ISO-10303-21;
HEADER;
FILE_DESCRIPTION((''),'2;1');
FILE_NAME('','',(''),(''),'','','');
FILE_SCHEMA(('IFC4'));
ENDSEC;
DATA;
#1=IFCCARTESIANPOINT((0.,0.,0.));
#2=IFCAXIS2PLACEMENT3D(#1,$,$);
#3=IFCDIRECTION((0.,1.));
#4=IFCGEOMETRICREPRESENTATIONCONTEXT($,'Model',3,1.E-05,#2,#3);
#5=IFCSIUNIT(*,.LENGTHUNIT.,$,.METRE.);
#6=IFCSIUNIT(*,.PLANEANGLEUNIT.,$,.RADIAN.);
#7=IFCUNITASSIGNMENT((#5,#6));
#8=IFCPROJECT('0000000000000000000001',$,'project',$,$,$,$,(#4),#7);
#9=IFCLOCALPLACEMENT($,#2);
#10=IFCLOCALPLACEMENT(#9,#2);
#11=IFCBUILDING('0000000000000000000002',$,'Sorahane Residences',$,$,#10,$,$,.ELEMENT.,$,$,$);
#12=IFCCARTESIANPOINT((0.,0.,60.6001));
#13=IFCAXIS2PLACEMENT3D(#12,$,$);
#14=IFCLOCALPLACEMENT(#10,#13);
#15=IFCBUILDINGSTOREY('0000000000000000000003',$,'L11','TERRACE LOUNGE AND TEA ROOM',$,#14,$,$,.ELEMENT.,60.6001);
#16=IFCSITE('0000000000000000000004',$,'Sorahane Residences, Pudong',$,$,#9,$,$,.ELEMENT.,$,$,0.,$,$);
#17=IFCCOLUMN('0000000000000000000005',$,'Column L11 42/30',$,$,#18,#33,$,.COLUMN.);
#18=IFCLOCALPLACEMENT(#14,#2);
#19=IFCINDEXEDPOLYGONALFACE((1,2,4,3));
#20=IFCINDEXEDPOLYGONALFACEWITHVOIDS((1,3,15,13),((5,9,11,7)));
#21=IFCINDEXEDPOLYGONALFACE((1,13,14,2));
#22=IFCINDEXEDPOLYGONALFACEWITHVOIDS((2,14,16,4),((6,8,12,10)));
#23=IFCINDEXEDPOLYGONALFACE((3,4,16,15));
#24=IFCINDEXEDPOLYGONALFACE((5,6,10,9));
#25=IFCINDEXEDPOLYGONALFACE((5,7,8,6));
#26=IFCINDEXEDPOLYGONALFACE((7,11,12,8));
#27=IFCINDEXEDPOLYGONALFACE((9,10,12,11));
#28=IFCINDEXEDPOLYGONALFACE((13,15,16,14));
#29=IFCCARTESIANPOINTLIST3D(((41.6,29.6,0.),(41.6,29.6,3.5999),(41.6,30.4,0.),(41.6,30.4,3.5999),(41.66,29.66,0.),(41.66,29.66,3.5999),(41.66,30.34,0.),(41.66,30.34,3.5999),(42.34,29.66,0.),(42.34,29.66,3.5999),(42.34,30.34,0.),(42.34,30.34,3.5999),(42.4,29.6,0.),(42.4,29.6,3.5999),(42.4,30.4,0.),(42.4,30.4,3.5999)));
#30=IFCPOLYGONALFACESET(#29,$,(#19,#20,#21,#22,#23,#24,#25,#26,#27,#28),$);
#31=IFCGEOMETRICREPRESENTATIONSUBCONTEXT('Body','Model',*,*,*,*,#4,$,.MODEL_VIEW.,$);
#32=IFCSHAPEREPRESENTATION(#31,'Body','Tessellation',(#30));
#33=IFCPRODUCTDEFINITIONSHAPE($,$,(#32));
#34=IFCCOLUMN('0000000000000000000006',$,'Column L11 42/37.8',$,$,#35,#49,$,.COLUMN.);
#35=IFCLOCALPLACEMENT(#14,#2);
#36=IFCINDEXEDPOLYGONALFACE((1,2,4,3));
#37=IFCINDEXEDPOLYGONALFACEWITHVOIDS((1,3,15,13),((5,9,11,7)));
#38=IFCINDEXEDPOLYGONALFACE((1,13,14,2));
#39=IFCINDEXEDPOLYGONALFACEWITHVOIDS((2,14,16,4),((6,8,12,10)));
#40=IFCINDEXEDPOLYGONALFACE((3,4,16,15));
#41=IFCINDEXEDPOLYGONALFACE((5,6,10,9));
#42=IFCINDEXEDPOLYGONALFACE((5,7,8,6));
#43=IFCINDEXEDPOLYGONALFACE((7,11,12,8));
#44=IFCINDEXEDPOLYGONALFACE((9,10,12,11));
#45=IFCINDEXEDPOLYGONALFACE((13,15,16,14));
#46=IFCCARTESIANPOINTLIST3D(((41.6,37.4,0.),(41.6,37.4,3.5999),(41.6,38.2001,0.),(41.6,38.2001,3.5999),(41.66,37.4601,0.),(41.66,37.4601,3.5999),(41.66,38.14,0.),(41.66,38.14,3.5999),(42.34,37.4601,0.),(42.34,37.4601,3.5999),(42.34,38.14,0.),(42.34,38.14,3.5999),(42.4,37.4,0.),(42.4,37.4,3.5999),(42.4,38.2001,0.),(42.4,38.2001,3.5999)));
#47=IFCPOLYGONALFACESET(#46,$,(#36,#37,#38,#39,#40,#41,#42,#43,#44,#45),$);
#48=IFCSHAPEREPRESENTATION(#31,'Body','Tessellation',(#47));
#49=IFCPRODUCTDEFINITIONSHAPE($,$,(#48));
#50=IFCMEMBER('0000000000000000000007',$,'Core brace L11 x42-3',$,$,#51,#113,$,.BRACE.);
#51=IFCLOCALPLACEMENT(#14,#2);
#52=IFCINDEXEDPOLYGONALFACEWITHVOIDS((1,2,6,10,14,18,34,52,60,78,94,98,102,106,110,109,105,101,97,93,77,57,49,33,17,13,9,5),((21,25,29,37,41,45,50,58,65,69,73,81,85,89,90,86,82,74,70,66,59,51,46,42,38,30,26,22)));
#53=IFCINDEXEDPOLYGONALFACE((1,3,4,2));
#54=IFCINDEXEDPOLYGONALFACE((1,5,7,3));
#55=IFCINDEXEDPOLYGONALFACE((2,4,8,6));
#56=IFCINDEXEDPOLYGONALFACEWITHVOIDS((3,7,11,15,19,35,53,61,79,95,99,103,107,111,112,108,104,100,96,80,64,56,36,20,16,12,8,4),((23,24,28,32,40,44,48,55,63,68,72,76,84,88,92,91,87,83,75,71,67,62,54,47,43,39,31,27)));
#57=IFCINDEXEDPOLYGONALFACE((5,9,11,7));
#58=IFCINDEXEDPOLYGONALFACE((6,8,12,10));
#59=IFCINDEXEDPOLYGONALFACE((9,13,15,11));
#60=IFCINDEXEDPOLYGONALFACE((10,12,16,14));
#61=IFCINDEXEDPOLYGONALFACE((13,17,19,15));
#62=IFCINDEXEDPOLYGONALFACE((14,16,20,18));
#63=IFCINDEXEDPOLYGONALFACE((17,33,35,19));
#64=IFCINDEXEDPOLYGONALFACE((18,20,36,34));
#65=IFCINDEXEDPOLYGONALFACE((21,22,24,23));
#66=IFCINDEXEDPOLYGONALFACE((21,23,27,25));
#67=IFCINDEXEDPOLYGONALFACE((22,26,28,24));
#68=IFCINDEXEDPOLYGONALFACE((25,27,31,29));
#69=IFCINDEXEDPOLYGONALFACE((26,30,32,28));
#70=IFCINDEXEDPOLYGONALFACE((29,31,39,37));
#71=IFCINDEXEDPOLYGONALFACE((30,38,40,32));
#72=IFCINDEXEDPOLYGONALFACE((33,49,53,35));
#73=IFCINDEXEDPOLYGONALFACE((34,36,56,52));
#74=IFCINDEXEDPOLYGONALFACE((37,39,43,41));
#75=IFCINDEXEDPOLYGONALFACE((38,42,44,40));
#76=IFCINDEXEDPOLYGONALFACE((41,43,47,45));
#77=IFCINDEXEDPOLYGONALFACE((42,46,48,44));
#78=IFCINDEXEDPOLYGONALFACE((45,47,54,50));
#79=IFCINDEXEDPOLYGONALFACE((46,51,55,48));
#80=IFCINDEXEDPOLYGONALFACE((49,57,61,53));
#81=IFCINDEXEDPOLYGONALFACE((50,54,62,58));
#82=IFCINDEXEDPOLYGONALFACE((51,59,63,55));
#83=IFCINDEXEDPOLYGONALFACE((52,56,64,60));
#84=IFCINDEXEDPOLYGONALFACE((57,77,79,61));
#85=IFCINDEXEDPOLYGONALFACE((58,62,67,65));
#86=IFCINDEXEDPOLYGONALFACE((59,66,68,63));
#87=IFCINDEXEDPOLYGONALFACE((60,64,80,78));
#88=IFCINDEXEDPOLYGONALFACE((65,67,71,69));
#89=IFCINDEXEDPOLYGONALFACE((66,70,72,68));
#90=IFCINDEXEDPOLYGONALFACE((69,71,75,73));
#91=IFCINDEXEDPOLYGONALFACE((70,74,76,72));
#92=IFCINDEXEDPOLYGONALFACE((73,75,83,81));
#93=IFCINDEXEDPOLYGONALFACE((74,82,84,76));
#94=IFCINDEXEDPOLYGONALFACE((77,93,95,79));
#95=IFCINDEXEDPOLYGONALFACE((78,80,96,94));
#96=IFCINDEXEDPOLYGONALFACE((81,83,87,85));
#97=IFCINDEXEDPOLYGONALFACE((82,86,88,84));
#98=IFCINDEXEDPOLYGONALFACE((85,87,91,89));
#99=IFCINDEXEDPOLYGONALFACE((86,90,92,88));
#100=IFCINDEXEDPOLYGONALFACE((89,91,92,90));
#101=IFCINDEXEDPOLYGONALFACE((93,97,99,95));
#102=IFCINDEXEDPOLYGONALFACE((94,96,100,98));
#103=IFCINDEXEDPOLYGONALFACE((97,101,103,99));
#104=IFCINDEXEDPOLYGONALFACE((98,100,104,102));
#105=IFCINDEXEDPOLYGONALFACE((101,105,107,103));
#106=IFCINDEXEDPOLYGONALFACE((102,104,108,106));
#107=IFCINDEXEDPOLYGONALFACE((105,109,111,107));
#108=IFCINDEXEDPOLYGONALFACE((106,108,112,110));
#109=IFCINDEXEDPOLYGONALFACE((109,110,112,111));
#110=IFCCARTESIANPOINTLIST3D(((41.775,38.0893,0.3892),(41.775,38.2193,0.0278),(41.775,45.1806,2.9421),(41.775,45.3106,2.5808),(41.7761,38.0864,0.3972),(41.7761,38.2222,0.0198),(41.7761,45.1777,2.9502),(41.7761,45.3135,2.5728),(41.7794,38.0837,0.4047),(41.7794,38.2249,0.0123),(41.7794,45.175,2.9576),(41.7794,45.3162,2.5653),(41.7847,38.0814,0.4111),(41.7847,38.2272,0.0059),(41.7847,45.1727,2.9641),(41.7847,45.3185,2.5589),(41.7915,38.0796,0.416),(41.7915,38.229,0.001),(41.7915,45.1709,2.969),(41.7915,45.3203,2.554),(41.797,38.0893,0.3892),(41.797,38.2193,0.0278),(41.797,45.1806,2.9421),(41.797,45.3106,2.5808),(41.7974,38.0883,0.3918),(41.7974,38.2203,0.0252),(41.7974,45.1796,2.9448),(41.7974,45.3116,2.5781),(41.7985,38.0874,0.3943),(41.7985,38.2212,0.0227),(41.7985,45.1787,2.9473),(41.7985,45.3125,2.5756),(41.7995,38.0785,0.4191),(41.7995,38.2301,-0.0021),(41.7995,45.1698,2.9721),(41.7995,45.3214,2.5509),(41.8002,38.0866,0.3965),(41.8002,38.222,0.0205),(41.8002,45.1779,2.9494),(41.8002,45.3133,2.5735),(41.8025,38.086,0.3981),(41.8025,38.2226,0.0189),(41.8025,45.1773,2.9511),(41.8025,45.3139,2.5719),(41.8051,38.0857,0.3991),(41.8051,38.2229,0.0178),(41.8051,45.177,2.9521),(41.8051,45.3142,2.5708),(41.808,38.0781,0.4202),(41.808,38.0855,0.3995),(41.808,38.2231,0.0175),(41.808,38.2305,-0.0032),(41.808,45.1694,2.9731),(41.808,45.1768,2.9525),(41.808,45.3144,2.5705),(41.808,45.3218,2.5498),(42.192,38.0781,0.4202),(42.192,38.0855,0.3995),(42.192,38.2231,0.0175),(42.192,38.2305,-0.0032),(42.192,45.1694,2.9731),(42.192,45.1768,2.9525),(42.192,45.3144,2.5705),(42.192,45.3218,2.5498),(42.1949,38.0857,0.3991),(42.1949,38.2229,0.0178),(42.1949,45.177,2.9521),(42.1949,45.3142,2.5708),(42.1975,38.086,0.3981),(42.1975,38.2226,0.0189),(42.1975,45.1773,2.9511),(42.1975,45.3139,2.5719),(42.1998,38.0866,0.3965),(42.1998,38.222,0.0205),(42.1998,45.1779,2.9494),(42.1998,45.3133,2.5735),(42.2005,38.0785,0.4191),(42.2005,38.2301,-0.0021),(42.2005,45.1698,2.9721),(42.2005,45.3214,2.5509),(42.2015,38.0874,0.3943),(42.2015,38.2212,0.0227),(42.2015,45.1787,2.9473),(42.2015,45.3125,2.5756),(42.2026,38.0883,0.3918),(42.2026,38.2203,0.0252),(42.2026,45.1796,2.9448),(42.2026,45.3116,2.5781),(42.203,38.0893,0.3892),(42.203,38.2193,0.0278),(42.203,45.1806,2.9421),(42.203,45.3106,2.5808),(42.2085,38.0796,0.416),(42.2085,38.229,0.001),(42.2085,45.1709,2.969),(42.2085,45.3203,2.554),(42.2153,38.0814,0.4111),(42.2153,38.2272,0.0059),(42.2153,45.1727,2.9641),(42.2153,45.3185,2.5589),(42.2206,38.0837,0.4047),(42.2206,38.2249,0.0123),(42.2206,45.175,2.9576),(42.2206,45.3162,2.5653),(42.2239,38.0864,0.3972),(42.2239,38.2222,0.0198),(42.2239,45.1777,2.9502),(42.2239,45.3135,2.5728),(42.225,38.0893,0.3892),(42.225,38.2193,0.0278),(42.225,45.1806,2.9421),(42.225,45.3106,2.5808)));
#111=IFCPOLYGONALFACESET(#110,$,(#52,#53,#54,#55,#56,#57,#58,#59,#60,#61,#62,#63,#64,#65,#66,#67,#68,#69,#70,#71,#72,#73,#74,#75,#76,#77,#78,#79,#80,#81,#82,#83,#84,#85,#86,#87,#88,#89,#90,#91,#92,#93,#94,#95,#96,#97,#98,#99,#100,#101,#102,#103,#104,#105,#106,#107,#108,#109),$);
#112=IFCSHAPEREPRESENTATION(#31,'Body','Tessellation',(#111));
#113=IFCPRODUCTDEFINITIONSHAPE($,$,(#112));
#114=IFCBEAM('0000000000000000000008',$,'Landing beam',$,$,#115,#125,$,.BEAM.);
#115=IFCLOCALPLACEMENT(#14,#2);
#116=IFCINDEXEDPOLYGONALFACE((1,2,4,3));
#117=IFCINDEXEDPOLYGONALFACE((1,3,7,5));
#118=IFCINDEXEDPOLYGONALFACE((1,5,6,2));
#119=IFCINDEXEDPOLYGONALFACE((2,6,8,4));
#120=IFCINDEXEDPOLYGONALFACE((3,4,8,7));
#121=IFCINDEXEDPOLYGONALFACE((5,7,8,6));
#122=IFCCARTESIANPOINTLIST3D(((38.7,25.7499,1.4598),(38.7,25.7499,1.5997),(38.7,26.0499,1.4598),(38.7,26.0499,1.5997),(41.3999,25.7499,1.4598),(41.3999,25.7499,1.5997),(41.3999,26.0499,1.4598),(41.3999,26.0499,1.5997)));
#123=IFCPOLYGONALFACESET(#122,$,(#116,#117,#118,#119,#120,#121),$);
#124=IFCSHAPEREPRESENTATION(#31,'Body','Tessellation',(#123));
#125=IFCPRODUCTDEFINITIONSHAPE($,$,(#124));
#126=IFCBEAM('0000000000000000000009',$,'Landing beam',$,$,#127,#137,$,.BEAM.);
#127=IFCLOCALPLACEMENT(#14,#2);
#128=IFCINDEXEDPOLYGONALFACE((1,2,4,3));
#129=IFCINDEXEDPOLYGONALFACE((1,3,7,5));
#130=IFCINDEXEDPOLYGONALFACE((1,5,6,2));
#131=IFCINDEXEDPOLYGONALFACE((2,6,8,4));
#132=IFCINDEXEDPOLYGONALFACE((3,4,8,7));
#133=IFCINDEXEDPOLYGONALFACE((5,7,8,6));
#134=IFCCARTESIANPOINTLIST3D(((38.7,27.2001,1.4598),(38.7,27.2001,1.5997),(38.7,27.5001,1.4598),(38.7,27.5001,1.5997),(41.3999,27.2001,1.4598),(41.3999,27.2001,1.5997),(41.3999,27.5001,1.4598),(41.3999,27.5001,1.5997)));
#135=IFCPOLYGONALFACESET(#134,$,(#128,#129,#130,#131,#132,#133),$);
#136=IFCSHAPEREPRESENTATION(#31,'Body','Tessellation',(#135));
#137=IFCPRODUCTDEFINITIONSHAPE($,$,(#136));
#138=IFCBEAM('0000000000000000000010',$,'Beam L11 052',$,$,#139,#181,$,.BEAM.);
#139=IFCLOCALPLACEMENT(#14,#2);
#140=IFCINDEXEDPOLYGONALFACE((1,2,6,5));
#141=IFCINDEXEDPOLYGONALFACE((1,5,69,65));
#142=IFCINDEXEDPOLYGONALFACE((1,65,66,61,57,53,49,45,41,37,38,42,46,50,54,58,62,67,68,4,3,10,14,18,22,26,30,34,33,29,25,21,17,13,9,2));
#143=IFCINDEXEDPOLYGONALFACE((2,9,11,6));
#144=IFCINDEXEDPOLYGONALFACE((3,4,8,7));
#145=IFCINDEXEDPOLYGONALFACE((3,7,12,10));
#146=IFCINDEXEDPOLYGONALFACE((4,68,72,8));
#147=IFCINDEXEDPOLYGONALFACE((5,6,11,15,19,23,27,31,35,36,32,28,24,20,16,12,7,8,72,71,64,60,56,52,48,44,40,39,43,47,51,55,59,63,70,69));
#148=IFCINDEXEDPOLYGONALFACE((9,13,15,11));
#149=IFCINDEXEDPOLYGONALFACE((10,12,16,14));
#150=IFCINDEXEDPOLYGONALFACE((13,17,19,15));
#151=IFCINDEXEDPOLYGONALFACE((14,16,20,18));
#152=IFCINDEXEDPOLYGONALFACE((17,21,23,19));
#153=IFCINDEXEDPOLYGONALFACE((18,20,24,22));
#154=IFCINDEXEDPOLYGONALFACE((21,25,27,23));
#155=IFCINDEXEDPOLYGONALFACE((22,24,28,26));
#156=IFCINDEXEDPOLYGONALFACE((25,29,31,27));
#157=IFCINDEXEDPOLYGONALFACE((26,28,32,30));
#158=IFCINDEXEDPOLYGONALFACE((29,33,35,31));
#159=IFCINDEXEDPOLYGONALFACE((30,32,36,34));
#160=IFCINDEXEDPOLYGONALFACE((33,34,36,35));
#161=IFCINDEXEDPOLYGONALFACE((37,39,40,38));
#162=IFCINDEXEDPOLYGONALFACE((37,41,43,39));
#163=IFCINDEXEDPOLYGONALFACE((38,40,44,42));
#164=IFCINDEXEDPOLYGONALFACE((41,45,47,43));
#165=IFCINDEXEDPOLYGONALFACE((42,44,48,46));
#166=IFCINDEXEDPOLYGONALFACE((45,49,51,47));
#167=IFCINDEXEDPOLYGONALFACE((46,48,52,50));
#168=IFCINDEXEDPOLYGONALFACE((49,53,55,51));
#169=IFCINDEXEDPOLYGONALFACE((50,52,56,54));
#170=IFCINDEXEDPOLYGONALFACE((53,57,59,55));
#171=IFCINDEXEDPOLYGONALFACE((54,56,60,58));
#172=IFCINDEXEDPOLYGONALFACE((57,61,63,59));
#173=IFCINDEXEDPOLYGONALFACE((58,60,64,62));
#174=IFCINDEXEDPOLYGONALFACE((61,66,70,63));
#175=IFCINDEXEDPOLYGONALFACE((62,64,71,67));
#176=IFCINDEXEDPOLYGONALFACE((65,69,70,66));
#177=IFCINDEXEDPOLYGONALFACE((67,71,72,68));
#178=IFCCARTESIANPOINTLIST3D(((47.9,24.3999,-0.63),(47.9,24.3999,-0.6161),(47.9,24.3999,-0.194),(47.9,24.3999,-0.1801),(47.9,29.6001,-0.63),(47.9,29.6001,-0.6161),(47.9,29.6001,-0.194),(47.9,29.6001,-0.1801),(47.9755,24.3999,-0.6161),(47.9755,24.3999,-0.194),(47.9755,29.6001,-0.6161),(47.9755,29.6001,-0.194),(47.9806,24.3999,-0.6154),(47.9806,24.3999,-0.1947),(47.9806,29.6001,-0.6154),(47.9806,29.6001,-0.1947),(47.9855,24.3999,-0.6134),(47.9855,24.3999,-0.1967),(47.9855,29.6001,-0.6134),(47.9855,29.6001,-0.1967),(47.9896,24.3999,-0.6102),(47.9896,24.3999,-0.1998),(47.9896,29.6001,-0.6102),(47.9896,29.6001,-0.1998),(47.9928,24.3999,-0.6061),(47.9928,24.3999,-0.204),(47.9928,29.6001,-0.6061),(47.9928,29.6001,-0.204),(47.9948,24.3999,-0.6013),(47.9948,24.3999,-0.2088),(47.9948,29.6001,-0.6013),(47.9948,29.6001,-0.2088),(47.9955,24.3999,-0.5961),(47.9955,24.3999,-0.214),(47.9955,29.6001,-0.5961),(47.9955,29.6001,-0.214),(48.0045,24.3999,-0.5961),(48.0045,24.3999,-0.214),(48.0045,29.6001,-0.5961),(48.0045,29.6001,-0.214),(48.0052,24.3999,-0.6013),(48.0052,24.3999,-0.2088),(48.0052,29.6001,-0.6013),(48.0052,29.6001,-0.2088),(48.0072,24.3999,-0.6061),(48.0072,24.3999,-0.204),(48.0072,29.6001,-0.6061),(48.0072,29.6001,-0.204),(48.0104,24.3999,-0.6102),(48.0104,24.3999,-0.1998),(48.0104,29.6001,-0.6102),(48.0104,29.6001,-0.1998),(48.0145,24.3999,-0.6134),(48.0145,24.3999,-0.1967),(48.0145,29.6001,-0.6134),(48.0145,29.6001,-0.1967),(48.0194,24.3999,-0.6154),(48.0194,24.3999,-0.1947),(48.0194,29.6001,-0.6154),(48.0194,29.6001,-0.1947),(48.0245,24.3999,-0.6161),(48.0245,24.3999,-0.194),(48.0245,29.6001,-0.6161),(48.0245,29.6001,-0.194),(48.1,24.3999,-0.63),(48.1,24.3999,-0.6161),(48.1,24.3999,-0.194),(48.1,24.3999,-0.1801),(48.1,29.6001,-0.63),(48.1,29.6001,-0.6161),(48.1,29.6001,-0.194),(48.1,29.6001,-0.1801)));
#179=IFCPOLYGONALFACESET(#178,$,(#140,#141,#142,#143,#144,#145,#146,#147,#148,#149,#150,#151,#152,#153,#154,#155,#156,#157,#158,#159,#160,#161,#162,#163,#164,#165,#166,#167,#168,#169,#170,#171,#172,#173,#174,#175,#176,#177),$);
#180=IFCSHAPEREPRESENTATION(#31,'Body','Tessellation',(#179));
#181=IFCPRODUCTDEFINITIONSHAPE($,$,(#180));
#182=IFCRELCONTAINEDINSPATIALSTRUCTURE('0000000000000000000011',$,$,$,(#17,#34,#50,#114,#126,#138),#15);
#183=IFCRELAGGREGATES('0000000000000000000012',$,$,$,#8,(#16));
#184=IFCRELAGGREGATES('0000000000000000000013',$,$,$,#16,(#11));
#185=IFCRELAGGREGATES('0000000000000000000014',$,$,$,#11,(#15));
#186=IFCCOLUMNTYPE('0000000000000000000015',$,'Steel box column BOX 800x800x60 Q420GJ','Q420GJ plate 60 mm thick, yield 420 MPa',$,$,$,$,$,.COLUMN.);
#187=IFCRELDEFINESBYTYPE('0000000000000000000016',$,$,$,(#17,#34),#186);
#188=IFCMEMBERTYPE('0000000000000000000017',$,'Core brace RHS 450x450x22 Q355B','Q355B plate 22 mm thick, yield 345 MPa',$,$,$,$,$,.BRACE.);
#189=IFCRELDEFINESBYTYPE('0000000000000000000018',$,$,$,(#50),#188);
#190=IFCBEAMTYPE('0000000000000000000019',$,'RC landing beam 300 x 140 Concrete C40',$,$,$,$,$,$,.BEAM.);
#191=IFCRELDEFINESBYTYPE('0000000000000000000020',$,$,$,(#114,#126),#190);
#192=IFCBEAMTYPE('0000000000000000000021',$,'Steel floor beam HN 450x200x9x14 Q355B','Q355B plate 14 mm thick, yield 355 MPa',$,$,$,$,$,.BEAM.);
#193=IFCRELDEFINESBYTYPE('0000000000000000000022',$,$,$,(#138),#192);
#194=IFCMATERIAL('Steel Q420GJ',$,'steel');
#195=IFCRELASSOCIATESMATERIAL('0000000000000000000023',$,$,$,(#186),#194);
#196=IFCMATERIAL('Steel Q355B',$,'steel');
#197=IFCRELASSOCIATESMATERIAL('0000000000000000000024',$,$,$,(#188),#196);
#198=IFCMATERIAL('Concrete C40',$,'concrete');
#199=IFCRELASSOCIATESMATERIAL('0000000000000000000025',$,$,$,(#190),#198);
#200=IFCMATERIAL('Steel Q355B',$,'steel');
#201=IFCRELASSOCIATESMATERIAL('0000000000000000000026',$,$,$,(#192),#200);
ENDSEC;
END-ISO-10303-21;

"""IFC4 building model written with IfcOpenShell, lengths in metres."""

from ifc_helpers import new_model, si_unit, direction, frame, origin, origin_2d, place, context, subcontext, project, spatial, rectangle, hollow_rectangle, i_section, extrude, material, material_profile, profile_set, type_object, element, save


model = new_model("IFC4")

# Units and contexts
model_context = context("Model", 3, precision=1e-05, world=origin(), true_north=direction((0.0, 1.0)))
body_context = subcontext(model_context, "Body", "Model", "MODEL_VIEW")
ifc_project = project(units=[si_unit("LENGTHUNIT", "METRE"), si_unit("PLANEANGLEUNIT", "RADIAN")], contexts=[model_context])

# Site, building, storey
site_placement = place(None, origin())
site = spatial("IfcSite", under=ifc_project, at=site_placement, Name="Sorahane Residences, Pudong", CompositionType="ELEMENT", RefElevation=0.0)
building_placement = place(site_placement, origin())
building = spatial("IfcBuilding", under=site, at=building_placement, Name="Sorahane Residences", CompositionType="ELEMENT")
storey_placement = place(building_placement, frame((0.0, 0.0, 60.6001)))
storey = spatial("IfcBuildingStorey", under=building, at=storey_placement, Name="L11", Description="TERRACE LOUNGE AND TEA ROOM", CompositionType="ELEMENT", Elevation=60.6001)

# Columns
ifc_material_1 = material(Name="Steel Q420GJ", Category="steel")
ifc_material_profile_1 = material_profile(ifc_material_1, hollow_rectangle(XDim=0.8, YDim=0.8, WallThickness=0.0601, at=origin_2d()), Name="BOX 800x800x60")
ifc_profile_set_1 = profile_set([ifc_material_profile_1], Name="Steel Q420GJ")
column_type = type_object("IfcColumnType", Name="Steel box column BOX 800x800x60 Q420GJ", Description="Q420GJ plate 60 mm thick, yield 420 MPa", PredefinedType="COLUMN", material=ifc_profile_set_1)
for number, where, z_axis, x_axis, name in (
    (1, (42.0, 30.0, 0.0), (0.0, 0.0, 1.0), (1.0, 0.0, 0.0), "Column L11 42/30"),
    (2, (42.0, 37.8, 0.0), (0.0, 0.0, 1.0), (1.0, 0.0, 0.0), "Column L11 42/37.8"),
):
    element("IfcColumn", number, at=place(storey_placement, frame(where, z_axis=z_axis, x_axis=x_axis)), inside=storey, type_object=column_type, Name=name, PredefinedType="COLUMN", context=body_context, shape_type="SweptSolid", body=[
        extrude(hollow_rectangle(XDim=0.8, YDim=0.8, WallThickness=0.0601, at=origin_2d()), origin(), (0.0, 0.0, 1.0), 3.5999),
    ])

# Member
ifc_material_2 = material(Name="Steel Q355B", Category="steel")
ifc_material_profile_2 = material_profile(ifc_material_2, hollow_rectangle(XDim=0.45, YDim=0.45, WallThickness=0.022, InnerFilletRadius=0.011, OuterFilletRadius=0.033, at=origin_2d()), Name="RHS 450x450x22")
ifc_profile_set_2 = profile_set([ifc_material_profile_2], Name="Steel Q355B")
member_type = type_object("IfcMemberType", Name="Core brace RHS 450x450x22 Q355B", Description="Q355B plate 22 mm thick, yield 345 MPa", PredefinedType="BRACE", material=ifc_profile_set_2)
member_placement = place(storey_placement, frame((42.0, 38.1543, 0.2085), z_axis=(0.0, 0.940883, 0.338732), x_axis=(-1.0, 0.0, 0.0)))
element("IfcMember", 3, at=member_placement, inside=storey, type_object=member_type, Name="Core brace L11 x42-3", PredefinedType="BRACE", context=body_context, shape_type="SweptSolid", body=[
    extrude(hollow_rectangle(XDim=0.45, YDim=0.45, WallThickness=0.022, InnerFilletRadius=0.011, OuterFilletRadius=0.033, at=origin_2d()), origin(), (0.0, 0.0, 1.0), 7.5369),
])

# Beams
ifc_material_3 = material(Name="Concrete C40", Category="concrete")
ifc_material_profile_3 = material_profile(ifc_material_3, rectangle(XDim=0.3, YDim=0.1399, at=origin_2d()), Name="300x140")
ifc_profile_set_3 = profile_set([ifc_material_profile_3], Name="Concrete C40")
beam_type_1 = type_object("IfcBeamType", Name="RC landing beam 300 x 140 Concrete C40", PredefinedType="BEAM", material=ifc_profile_set_3)
for number, where, z_axis, x_axis, name in (
    (4, (38.7, 25.8999, 1.5298), (1.0, 0.0, 0.0), (0.0, 1.0, 0.0), "Landing beam"),
    (5, (38.7, 27.3501, 1.5298), (1.0, 0.0, 0.0), (0.0, 1.0, 0.0), "Landing beam"),
):
    element("IfcBeam", number, at=place(storey_placement, frame(where, z_axis=z_axis, x_axis=x_axis)), inside=storey, type_object=beam_type_1, Name=name, PredefinedType="BEAM", context=body_context, shape_type="SweptSolid", body=[
        extrude(rectangle(XDim=0.3, YDim=0.1399, at=origin_2d()), origin(), (0.0, 0.0, 1.0), 2.7),
    ])
ifc_material_4 = material(Name="Steel Q355B", Category="steel")
ifc_material_profile_4 = material_profile(ifc_material_4, i_section(OverallWidth=0.2, OverallDepth=0.45, WebThickness=0.009, FlangeThickness=0.0139, FilletRadius=0.02, at=origin_2d()), Name="HN 450x200x9x14")
ifc_profile_set_4 = profile_set([ifc_material_profile_4], Name="Steel Q355B")
beam_type_2 = type_object("IfcBeamType", Name="Steel floor beam HN 450x200x9x14 Q355B", Description="Q355B plate 14 mm thick, yield 355 MPa", PredefinedType="BEAM", material=ifc_profile_set_4)
for number, where, z_axis, x_axis, name in (
    (6, (48.0, 24.3999, -0.405), (0.0, 1.0, 0.0), (-1.0, 0.0, 0.0), "Beam L11 052"),
):
    element("IfcBeam", number, at=place(storey_placement, frame(where, z_axis=z_axis, x_axis=x_axis)), inside=storey, type_object=beam_type_2, Name=name, PredefinedType="BEAM", context=body_context, shape_type="SweptSolid", body=[
        extrude(i_section(OverallWidth=0.2, OverallDepth=0.45, WebThickness=0.009, FlangeThickness=0.0139, FilletRadius=0.02, at=origin_2d()), origin(), (0.0, 0.0, 1.0), 5.2002),
    ])

save(model, "model.ifc")
